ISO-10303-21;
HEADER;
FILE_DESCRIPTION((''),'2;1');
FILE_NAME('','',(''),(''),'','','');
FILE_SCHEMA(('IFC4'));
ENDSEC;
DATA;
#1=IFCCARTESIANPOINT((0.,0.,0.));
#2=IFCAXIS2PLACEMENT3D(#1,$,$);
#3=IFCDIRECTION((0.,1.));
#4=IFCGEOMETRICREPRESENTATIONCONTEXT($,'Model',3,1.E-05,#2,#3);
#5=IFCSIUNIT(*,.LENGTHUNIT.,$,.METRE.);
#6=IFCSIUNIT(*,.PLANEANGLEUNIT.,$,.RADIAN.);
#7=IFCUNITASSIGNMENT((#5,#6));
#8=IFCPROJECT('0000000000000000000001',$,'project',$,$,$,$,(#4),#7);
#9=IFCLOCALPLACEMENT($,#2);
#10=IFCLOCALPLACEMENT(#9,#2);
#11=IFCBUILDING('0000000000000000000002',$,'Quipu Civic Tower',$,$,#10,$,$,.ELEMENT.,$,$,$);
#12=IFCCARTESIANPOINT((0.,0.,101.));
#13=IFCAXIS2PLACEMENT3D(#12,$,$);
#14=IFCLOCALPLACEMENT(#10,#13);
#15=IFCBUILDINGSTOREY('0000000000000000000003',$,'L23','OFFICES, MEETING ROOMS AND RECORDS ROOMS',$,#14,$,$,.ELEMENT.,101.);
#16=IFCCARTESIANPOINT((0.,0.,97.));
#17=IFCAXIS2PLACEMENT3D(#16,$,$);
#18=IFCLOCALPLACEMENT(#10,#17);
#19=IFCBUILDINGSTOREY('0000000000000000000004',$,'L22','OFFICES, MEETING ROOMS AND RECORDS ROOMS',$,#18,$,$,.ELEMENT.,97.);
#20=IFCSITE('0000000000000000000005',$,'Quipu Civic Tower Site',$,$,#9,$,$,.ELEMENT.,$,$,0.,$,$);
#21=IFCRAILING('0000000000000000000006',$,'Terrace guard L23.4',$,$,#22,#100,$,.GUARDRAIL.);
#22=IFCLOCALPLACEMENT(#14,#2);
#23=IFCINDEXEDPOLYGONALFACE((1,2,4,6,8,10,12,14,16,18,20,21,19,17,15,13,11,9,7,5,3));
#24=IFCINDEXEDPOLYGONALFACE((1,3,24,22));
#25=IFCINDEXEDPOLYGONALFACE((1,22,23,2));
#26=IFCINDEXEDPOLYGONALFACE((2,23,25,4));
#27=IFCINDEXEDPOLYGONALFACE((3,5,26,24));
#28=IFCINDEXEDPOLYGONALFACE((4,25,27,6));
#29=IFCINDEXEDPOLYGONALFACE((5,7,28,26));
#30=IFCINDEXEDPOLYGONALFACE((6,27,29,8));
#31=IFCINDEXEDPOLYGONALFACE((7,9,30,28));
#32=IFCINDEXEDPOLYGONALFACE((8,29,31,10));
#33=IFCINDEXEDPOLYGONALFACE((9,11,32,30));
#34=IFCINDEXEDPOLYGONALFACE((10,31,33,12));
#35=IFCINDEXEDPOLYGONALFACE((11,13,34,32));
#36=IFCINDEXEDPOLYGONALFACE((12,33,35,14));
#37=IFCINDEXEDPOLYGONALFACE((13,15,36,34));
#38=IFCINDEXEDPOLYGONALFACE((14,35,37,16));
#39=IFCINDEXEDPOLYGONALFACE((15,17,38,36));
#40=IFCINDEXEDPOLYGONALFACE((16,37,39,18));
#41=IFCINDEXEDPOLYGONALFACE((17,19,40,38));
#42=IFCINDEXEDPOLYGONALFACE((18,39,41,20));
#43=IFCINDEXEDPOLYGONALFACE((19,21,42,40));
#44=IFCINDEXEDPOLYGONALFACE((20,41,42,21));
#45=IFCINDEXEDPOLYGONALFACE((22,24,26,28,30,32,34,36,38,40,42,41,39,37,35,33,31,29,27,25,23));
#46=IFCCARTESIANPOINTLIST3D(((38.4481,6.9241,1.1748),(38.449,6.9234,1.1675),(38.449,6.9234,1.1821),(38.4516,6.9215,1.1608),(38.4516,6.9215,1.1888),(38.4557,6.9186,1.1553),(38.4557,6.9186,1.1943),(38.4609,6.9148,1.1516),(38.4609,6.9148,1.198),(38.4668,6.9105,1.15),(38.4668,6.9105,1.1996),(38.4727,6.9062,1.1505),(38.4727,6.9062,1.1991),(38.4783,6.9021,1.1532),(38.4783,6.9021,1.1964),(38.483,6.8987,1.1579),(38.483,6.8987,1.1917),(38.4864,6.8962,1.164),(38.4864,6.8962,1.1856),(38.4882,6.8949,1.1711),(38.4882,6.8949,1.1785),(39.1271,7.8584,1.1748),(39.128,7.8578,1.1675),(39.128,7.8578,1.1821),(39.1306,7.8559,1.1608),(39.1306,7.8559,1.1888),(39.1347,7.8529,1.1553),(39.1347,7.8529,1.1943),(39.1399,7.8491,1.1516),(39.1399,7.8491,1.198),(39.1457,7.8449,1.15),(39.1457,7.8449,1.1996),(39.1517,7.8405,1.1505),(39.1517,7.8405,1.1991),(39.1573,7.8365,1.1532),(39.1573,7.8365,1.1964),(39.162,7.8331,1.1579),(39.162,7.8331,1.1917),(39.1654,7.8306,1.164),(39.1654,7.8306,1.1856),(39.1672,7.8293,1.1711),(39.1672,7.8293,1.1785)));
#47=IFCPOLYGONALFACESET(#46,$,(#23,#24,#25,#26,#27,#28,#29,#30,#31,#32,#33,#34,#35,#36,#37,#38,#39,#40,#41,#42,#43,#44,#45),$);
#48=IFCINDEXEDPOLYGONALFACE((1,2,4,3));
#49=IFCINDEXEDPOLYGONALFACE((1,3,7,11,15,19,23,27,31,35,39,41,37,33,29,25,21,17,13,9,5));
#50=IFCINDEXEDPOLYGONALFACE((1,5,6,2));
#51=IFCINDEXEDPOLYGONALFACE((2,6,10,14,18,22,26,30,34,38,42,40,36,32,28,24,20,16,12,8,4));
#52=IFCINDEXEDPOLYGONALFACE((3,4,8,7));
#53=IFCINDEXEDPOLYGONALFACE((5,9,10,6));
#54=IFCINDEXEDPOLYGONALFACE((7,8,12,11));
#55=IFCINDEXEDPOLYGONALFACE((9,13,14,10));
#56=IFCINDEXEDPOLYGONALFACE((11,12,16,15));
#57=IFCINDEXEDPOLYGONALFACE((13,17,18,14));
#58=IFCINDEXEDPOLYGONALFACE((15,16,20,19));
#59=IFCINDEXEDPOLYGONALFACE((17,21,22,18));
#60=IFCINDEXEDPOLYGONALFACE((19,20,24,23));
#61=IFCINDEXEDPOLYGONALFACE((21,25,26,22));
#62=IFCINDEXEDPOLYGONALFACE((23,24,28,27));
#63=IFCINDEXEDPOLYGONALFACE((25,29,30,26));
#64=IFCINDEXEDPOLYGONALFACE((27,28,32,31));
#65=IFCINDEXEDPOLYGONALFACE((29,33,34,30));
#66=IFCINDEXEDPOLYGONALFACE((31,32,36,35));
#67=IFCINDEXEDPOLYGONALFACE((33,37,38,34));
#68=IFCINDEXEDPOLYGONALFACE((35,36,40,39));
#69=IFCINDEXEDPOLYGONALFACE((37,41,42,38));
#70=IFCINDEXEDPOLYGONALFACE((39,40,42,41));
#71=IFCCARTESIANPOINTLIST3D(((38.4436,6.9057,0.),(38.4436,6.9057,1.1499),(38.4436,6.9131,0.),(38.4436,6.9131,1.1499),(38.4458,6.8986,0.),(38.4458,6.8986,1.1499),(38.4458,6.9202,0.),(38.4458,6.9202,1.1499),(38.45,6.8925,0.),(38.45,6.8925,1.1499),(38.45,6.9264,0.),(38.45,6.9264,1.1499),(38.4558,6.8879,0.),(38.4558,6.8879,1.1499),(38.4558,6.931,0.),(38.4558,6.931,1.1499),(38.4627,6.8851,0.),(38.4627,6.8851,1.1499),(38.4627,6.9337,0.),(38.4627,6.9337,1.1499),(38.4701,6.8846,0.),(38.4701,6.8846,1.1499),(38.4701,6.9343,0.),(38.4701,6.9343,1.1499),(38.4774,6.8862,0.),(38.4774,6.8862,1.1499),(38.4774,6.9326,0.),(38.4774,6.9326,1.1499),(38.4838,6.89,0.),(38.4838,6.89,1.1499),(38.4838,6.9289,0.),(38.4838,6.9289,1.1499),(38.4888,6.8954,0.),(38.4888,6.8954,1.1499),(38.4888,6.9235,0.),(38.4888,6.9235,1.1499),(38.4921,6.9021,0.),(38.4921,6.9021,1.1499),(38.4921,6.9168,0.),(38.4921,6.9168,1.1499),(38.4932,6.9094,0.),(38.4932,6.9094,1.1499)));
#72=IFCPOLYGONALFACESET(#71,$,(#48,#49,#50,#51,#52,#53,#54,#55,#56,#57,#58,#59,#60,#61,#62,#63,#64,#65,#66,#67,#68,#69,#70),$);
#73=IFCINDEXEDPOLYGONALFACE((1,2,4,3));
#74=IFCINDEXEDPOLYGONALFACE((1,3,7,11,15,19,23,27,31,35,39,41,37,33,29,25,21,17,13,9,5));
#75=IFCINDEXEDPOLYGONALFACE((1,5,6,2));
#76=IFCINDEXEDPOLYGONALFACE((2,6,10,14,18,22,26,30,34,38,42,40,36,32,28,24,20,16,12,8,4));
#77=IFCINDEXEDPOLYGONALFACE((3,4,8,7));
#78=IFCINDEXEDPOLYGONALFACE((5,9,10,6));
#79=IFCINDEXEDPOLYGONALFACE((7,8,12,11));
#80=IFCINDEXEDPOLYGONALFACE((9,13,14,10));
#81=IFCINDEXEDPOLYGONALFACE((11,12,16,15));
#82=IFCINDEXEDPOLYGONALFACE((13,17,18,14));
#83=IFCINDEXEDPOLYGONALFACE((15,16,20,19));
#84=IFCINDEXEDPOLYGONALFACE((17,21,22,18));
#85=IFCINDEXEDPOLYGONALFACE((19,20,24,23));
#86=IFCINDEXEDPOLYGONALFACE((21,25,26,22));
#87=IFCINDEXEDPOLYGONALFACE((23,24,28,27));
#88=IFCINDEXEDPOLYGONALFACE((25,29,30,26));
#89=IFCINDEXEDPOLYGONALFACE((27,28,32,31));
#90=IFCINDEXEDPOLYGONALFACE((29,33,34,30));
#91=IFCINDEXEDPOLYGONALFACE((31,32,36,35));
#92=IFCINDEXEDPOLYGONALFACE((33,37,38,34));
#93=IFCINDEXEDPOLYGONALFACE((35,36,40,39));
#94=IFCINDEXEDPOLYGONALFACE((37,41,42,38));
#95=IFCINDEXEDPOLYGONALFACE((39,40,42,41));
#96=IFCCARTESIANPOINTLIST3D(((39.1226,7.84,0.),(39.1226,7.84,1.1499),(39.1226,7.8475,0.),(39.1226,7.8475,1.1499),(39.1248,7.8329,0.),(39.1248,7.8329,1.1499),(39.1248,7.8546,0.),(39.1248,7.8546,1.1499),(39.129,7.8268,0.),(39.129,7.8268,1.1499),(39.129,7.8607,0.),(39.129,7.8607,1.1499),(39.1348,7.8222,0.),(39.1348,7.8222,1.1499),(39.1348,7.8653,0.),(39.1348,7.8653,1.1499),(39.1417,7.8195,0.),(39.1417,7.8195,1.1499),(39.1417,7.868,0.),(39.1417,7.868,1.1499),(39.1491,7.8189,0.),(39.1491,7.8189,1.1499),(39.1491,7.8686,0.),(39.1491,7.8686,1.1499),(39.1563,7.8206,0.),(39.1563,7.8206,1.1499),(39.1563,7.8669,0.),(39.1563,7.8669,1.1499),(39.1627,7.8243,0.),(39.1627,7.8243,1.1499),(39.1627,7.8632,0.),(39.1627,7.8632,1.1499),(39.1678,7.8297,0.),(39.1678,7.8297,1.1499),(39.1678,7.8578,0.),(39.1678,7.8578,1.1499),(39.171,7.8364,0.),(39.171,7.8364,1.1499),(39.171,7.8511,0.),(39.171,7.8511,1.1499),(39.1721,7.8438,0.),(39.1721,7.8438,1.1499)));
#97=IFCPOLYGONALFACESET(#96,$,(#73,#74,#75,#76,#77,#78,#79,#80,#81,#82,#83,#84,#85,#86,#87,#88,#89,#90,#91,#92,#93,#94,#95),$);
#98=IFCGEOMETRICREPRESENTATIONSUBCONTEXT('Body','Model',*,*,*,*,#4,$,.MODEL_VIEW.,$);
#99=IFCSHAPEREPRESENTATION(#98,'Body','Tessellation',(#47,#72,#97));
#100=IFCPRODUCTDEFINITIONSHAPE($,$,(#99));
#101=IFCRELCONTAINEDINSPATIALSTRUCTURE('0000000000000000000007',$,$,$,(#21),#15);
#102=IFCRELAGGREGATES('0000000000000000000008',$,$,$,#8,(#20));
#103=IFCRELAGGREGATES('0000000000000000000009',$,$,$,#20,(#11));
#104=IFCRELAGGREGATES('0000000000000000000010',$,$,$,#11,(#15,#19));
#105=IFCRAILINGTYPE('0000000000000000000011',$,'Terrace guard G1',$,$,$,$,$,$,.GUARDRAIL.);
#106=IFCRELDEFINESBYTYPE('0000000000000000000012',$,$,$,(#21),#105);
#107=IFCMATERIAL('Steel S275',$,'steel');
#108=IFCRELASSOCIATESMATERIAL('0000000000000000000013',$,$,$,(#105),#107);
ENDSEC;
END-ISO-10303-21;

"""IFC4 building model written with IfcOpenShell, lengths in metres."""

from ifc_helpers import new_model, si_unit, direction, frame, origin, origin_2d, place, context, subcontext, project, spatial, circle, extrude, material, type_object, element, save


model = new_model("IFC4")

# Units and contexts
model_context = context("Model", 3, precision=1e-05, world=origin(), true_north=direction((0.0, 1.0)))
body_context = subcontext(model_context, "Body", "Model", "MODEL_VIEW")
ifc_project = project(units=[si_unit("LENGTHUNIT", "METRE"), si_unit("PLANEANGLEUNIT", "RADIAN")], contexts=[model_context])

# Site, building, storey
site_placement = place(None, origin())
site = spatial("IfcSite", under=ifc_project, at=site_placement, Name="Quipu Civic Tower Site", CompositionType="ELEMENT", RefElevation=0.0)
building_placement = place(site_placement, origin())
building = spatial("IfcBuilding", under=site, at=building_placement, Name="Quipu Civic Tower", CompositionType="ELEMENT")
storey_1_placement = place(building_placement, frame((0.0, 0.0, 101.0)))
storey_1 = spatial("IfcBuildingStorey", under=building, at=storey_1_placement, Name="L23", Description="OFFICES, MEETING ROOMS AND RECORDS ROOMS", CompositionType="ELEMENT", Elevation=101.0)

# Shared definitions
storey_2_placement = place(building_placement, frame((0.0, 0.0, 97.0)))
storey_2 = spatial("IfcBuildingStorey", under=building, at=storey_2_placement, Name="L22", Description="OFFICES, MEETING ROOMS AND RECORDS ROOMS", CompositionType="ELEMENT", Elevation=97.0)

# Railing
ifc_material_1 = material(Name="Steel S275", Category="steel")
railing_type = type_object("IfcRailingType", Name="Terrace guard G1", PredefinedType="GUARDRAIL", material=ifc_material_1)
railing_1_placement = place(storey_1_placement, frame((38.4683, 6.9094, 0.0)))
element("IfcRailing", 1, at=railing_1_placement, inside=storey_1, type_object=railing_type, Name="Terrace guard L23.4", PredefinedType="GUARDRAIL", context=body_context, shape_type="SweptSolid", body=[
    extrude(circle(Radius=0.0249, at=origin_2d()), frame((0.0, 0.0, 1.1748), z_axis=(0.587857, 0.808965, 0.0), x_axis=(-0.808965, 0.587857, 0.0)), (0.0, 0.0, 1.0), 1.155),
    extrude(circle(Radius=0.0249, at=origin_2d()), origin(), (0.0, 0.0, 1.0), 1.1499),
    extrude(circle(Radius=0.0249, at=origin_2d()), frame((0.679, 0.9343, 0.0)), (0.0, 0.0, 1.0), 1.1499),
])

save(model, "model.ifc")
